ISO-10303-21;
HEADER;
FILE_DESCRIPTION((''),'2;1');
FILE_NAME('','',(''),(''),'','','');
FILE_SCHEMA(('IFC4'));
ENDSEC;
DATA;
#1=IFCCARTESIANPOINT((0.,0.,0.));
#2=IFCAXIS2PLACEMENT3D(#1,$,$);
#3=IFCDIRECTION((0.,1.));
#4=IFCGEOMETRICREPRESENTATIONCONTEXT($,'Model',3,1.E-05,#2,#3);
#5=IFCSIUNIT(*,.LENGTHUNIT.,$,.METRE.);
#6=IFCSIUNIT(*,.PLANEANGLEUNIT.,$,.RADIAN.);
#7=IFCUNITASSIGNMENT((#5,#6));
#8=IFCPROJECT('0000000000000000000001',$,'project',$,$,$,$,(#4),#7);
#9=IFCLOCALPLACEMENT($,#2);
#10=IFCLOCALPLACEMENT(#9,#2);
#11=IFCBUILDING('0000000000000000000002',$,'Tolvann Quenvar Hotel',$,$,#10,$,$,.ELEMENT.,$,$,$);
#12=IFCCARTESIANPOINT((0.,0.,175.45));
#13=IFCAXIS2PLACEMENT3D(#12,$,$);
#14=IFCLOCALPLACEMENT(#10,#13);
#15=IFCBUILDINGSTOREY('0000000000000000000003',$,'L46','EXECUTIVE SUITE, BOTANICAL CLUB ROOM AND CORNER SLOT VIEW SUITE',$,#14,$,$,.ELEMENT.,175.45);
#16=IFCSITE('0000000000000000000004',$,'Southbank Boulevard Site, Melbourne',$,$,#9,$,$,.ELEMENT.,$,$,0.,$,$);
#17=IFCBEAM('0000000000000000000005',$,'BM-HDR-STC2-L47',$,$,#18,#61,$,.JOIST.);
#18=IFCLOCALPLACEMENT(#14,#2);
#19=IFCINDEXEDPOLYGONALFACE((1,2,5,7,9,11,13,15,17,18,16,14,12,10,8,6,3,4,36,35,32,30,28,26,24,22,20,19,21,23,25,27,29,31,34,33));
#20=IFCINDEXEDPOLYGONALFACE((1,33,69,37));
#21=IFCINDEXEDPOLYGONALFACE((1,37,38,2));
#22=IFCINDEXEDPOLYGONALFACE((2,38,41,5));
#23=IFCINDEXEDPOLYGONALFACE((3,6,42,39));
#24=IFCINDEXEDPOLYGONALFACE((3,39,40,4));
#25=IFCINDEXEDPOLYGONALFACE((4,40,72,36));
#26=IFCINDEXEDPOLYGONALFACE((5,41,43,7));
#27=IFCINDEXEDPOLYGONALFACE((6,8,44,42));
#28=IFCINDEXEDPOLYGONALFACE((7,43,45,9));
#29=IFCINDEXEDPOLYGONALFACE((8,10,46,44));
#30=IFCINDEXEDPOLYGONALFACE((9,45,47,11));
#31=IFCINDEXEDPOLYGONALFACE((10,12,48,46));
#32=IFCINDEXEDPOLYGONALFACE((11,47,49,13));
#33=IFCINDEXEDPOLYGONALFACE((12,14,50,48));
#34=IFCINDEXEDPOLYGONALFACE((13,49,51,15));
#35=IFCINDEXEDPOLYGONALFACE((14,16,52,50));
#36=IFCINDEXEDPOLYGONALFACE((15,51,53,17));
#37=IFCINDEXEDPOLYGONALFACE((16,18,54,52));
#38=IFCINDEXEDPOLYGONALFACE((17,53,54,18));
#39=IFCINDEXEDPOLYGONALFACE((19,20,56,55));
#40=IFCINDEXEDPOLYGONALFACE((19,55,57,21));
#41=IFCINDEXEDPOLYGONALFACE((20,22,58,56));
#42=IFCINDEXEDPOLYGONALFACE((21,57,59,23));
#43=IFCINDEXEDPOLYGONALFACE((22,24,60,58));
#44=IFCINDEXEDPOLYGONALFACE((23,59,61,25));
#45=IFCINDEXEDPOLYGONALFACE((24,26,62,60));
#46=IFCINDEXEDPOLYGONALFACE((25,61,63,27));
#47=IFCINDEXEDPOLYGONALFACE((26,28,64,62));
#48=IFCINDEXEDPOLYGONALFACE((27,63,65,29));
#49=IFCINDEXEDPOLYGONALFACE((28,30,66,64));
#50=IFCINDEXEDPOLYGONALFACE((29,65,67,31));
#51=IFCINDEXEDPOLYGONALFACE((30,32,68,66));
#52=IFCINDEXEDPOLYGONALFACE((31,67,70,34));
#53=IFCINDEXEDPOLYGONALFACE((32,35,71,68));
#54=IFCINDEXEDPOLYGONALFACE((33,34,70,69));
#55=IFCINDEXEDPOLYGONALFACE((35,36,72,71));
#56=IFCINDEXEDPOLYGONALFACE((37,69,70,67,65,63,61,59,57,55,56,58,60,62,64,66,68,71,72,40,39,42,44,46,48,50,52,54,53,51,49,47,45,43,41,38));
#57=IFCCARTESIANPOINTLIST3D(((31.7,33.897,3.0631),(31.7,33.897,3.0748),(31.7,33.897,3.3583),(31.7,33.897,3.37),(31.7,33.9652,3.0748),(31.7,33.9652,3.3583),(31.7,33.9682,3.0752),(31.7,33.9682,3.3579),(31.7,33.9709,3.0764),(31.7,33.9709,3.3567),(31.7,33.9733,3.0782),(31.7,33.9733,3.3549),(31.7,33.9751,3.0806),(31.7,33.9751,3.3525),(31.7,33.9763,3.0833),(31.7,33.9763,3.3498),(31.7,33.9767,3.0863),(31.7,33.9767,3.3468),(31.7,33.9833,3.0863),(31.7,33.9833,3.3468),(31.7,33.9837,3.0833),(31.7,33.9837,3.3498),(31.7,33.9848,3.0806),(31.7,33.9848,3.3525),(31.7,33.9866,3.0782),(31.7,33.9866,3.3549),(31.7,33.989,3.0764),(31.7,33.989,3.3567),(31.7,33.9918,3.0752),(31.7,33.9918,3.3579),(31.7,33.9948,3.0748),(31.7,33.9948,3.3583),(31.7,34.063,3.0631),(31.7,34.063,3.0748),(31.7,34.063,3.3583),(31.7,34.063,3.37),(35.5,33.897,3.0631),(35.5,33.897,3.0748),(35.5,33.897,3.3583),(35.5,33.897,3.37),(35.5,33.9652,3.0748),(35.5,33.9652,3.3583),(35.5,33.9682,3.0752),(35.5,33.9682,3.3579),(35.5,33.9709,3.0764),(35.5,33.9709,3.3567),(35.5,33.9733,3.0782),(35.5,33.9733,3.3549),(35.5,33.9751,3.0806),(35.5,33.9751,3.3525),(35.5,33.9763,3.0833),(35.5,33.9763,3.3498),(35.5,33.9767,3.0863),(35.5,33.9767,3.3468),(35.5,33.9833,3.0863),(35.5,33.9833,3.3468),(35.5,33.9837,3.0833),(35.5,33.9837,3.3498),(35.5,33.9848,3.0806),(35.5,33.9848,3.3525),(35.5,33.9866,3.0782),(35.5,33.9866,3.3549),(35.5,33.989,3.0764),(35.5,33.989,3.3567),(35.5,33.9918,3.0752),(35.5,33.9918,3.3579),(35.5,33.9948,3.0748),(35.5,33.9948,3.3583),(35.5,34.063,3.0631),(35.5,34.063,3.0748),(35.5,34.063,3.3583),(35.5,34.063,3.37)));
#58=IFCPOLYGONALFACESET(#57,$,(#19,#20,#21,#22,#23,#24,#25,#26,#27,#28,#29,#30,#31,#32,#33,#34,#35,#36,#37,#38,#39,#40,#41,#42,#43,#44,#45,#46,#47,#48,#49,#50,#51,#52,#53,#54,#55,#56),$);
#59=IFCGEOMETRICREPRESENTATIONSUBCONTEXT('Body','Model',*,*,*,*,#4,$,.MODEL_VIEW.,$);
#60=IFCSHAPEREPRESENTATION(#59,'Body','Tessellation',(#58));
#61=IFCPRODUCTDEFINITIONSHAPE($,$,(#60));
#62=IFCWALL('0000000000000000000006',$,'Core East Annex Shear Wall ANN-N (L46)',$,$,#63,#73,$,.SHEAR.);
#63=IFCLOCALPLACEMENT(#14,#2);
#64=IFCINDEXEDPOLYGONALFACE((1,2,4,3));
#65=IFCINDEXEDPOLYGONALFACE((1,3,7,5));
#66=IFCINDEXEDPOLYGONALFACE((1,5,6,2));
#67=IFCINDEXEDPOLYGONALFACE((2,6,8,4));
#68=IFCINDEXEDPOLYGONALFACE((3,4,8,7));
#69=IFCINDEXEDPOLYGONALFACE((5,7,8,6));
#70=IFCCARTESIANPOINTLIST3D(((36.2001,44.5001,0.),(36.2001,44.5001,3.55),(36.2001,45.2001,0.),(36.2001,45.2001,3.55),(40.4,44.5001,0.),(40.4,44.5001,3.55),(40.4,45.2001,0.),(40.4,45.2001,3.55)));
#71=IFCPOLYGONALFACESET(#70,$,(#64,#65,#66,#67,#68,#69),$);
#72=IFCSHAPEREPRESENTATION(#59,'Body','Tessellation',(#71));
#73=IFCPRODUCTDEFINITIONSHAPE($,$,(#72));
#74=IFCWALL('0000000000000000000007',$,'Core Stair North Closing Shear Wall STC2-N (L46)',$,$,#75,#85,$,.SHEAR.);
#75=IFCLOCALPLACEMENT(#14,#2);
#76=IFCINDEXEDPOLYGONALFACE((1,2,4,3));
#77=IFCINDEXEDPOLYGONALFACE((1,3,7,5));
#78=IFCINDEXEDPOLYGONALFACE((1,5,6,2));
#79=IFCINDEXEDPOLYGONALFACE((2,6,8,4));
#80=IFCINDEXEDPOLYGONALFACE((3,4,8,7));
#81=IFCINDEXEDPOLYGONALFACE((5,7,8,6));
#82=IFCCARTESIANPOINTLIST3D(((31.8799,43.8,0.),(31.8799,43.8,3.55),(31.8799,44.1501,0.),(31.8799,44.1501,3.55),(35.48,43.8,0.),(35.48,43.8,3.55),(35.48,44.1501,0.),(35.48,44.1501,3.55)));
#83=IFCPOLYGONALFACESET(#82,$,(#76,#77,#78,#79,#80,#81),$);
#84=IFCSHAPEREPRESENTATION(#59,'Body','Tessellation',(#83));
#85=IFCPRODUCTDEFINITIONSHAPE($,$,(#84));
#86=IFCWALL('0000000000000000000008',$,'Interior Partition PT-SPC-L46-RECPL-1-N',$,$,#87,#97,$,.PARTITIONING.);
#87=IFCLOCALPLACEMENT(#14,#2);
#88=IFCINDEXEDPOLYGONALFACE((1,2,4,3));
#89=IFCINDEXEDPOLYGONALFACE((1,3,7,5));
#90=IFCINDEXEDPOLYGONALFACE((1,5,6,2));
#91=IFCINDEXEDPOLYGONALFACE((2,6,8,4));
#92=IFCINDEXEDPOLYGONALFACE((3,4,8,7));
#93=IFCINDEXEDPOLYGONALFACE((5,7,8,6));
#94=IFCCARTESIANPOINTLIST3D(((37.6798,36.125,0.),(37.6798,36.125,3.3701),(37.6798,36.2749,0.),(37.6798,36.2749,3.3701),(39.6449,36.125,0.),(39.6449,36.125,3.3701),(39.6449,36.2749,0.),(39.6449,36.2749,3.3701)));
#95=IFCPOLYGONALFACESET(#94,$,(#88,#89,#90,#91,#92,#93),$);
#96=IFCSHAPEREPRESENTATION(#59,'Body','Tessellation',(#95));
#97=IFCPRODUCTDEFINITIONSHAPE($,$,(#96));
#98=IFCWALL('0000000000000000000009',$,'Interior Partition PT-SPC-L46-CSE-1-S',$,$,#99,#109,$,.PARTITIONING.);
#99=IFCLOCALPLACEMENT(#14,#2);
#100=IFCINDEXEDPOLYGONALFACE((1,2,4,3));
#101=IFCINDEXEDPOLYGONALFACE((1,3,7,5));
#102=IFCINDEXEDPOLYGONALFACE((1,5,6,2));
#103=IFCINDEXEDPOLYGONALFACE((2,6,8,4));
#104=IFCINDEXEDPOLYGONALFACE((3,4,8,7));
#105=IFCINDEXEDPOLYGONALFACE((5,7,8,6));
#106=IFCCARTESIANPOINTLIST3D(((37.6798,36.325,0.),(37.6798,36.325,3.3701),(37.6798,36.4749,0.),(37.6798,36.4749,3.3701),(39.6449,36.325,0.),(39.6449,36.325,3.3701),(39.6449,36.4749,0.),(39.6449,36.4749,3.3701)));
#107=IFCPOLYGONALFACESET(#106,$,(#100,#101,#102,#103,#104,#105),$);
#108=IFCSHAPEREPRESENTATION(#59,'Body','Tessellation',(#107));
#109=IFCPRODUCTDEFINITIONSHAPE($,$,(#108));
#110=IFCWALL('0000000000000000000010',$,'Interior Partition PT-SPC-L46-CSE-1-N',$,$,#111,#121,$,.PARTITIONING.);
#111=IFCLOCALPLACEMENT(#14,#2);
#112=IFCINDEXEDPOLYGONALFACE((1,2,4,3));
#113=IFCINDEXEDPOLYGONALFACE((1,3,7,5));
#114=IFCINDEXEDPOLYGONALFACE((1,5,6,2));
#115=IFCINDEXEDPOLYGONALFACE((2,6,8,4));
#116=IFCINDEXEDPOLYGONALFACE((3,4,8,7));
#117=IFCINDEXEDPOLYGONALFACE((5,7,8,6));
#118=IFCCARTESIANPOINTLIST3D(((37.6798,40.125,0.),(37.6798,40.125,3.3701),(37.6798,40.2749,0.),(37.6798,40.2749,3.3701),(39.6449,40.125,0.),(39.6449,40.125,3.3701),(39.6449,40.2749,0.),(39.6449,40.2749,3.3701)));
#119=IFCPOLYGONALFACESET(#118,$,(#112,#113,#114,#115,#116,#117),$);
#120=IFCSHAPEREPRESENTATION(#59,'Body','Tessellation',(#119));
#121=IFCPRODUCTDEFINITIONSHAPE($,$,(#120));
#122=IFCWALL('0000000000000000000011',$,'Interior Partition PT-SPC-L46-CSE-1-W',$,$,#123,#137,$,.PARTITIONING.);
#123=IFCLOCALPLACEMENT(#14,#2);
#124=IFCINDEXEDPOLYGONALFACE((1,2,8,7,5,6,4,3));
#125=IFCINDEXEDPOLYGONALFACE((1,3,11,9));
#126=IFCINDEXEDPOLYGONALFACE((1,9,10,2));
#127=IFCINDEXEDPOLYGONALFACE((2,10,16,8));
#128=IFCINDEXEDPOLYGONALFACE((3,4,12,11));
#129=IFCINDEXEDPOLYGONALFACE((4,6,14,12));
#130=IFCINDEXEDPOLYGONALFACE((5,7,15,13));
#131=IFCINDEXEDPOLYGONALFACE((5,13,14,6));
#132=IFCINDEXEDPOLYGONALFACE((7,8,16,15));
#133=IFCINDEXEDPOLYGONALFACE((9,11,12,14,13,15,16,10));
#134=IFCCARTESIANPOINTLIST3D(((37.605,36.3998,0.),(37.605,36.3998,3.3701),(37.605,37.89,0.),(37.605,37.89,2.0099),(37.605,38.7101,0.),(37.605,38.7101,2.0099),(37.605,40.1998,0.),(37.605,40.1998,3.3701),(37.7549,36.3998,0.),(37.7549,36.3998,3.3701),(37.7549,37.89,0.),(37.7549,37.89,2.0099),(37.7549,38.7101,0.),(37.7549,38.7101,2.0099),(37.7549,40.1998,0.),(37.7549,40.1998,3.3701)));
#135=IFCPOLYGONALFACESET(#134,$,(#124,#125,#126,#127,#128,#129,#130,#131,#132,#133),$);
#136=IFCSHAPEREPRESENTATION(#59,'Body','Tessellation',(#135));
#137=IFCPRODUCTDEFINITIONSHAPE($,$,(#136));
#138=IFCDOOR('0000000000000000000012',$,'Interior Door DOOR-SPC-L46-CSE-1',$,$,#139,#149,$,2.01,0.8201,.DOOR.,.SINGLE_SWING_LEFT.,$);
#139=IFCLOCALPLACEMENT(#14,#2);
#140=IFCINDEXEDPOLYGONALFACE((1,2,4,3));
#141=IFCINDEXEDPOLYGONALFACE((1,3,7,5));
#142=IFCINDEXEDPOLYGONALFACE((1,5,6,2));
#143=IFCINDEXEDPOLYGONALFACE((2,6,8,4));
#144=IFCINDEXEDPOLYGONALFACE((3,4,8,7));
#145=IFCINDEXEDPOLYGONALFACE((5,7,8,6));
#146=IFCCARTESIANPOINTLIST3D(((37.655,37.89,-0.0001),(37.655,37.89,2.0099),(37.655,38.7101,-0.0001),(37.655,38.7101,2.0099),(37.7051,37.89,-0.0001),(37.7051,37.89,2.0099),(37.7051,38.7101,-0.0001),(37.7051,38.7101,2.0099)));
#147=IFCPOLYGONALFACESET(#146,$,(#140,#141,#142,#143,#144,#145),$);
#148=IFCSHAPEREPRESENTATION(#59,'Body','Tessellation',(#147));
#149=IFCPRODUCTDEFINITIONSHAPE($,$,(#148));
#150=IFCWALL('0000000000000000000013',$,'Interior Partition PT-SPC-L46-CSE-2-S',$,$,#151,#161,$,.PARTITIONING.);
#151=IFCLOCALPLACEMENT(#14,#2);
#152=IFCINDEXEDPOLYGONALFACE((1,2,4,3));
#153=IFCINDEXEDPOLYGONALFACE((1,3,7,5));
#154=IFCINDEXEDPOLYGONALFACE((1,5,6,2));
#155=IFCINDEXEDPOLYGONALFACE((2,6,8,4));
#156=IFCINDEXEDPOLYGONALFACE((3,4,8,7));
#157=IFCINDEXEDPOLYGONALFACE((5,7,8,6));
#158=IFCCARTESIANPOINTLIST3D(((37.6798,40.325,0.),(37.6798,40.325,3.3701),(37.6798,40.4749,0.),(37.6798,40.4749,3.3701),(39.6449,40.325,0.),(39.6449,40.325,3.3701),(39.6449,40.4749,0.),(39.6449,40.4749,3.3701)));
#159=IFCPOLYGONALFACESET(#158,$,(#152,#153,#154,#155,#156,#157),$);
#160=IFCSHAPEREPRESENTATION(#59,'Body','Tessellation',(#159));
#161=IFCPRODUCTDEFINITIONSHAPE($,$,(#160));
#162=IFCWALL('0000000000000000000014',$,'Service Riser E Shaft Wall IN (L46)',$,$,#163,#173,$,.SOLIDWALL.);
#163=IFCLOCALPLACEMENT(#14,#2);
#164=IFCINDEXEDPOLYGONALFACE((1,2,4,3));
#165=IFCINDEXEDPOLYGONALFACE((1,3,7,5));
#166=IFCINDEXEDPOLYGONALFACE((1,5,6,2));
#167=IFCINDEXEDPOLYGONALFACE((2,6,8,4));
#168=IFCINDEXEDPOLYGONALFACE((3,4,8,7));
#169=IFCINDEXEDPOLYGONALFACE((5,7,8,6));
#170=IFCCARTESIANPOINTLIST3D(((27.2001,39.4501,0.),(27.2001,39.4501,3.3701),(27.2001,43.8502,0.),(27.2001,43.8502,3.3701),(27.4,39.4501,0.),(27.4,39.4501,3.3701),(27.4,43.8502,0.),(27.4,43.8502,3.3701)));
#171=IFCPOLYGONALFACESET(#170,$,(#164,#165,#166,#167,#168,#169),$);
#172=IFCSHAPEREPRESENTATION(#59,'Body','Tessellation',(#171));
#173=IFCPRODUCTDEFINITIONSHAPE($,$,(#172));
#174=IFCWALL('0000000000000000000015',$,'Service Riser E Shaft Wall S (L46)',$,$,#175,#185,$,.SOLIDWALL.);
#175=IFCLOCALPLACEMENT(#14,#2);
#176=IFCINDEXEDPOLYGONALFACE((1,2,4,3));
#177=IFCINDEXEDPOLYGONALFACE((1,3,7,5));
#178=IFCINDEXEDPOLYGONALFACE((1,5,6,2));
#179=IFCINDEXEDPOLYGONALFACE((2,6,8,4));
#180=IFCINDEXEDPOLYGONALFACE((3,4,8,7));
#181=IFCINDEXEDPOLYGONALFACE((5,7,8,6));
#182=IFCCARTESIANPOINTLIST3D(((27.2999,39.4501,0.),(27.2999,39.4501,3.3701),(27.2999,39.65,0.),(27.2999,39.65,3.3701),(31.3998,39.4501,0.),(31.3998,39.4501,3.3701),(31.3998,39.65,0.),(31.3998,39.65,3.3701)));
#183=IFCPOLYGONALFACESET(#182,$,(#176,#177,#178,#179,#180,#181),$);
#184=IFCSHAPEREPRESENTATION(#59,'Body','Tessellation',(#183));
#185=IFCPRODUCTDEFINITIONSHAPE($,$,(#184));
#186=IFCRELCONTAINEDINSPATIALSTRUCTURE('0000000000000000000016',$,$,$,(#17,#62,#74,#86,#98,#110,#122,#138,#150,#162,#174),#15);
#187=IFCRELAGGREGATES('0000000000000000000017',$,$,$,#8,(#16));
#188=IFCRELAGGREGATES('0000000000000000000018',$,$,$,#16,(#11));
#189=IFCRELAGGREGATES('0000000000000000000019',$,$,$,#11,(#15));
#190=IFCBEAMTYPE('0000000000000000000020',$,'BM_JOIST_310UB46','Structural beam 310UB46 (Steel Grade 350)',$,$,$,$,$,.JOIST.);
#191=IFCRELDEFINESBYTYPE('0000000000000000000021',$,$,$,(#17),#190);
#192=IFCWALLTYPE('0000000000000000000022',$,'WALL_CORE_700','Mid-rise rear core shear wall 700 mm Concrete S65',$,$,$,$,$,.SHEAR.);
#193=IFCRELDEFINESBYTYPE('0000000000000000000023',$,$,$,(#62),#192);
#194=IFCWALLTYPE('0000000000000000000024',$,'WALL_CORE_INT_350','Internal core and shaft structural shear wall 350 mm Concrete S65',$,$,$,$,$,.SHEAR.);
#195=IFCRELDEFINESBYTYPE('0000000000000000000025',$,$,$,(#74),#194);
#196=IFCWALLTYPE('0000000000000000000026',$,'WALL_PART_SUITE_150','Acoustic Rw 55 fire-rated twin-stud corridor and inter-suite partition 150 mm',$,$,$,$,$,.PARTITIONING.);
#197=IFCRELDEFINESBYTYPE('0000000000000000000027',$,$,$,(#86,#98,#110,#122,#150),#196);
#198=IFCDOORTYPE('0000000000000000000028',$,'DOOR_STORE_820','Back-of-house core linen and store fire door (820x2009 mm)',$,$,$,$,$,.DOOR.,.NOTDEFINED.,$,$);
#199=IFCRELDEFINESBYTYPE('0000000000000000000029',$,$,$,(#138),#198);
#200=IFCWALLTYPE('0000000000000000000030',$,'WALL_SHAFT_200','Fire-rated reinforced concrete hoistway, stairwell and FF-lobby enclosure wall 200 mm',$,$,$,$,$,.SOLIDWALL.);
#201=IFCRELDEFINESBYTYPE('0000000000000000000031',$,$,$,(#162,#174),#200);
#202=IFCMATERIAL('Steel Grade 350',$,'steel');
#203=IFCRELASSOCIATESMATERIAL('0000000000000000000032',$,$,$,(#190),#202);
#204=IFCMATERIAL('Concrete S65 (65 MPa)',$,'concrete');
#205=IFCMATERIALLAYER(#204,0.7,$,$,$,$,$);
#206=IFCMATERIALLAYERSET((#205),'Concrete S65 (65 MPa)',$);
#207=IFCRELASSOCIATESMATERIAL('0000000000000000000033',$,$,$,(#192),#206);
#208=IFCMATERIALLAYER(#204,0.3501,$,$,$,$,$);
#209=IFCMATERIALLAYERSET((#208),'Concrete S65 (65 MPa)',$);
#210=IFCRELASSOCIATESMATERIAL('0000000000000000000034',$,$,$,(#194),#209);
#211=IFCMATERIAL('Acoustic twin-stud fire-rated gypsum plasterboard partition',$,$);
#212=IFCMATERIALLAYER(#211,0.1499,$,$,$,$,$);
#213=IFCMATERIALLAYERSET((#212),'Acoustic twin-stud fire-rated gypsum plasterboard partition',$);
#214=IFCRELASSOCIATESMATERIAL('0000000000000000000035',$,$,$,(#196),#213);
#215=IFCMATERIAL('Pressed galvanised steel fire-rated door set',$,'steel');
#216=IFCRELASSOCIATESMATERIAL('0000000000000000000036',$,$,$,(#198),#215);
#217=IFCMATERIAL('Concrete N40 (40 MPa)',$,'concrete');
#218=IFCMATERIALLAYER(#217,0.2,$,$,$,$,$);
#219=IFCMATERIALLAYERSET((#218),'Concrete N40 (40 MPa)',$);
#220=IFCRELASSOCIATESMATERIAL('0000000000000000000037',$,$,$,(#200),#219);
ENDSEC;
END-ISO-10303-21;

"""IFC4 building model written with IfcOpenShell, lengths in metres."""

from ifc_helpers import new_model, si_unit, direction, frame, frame_2d, origin, origin_2d, place, context, subcontext, project, spatial, rectangle, i_section, extrude, source, transform, mapped, material, layer, layer_set, material_profile, profile_set, type_object, type_shapes, element, fill, save


model = new_model("IFC4")

# Units and contexts
model_context = context("Model", 3, precision=1e-05, world=origin(), true_north=direction((0.0, 1.0)))
body_context = subcontext(model_context, "Body", "Model", "MODEL_VIEW")
ifc_project = project(units=[si_unit("LENGTHUNIT", "METRE"), si_unit("PLANEANGLEUNIT", "RADIAN")], contexts=[model_context])

# Site, building, storey
site_placement = place(None, origin())
site = spatial("IfcSite", under=ifc_project, at=site_placement, Name="Southbank Boulevard Site, Melbourne", CompositionType="ELEMENT", RefElevation=0.0)
building_placement = place(site_placement, origin())
building = spatial("IfcBuilding", under=site, at=building_placement, Name="Tolvann Quenvar Hotel", CompositionType="ELEMENT")
storey_placement = place(building_placement, frame((0.0, 0.0, 175.45)))
storey = spatial("IfcBuildingStorey", under=building, at=storey_placement, Name="L46", Description="EXECUTIVE SUITE, BOTANICAL CLUB ROOM AND CORNER SLOT VIEW SUITE", CompositionType="ELEMENT", Elevation=175.45)

# Beam
ifc_material_1 = material(Name="Steel Grade 350", Category="steel")
ifc_material_profile = material_profile(ifc_material_1, i_section(OverallWidth=0.166, OverallDepth=0.3069, WebThickness=0.0066, FlangeThickness=0.0117, FilletRadius=0.0115, at=origin_2d()), Name="310UB46")
ifc_profile_set = profile_set([ifc_material_profile], Name="Steel Grade 350")
beam_type = type_object("IfcBeamType", Name="BM_JOIST_310UB46", Description="Structural beam 310UB46 (Steel Grade 350)", PredefinedType="JOIST", material=ifc_profile_set)
shared_shape_1 = source(origin(), body_context, "Body", "SweptSolid", [
    extrude(i_section(OverallWidth=0.166, OverallDepth=0.3069, WebThickness=0.0066, FlangeThickness=0.0117, FilletRadius=0.0115, at=origin_2d()), origin(), (0.0, 0.0, 1.0), 3.8),
])
type_shapes(beam_type, [shared_shape_1])
beam_placement = place(storey_placement, frame((31.7, 33.98, 3.2166), z_axis=(1.0, 0.0, 0.0), x_axis=(0.0, 1.0, 0.0)))
element("IfcBeam", 1, at=beam_placement, inside=storey, type_object=beam_type, Name="BM-HDR-STC2-L47", PredefinedType="JOIST", context=body_context, shape_type="MappedRepresentation", body=[
    mapped(shared_shape_1, transform((0.0, 0.0, 0.0), x_axis=(1.0, 0.0, 0.0), y_axis=(0.0, 1.0, 0.0), z_axis=(0.0, 0.0, 1.0), scale=1.0)),
])

# Walls
ifc_material_2 = material(Name="Concrete S65 (65 MPa)", Category="concrete")
ifc_layer_1 = layer(ifc_material_2, 0.7)
ifc_layer_set_1 = layer_set([ifc_layer_1], Name="Concrete S65 (65 MPa)")
wall_type_1 = type_object("IfcWallType", Name="WALL_CORE_700", Description="Mid-rise rear core shear wall 700 mm Concrete S65", PredefinedType="SHEAR", material=ifc_layer_set_1)
wall_1_placement = place(storey_placement, frame((36.2, 44.8501, 0.0), z_axis=(0.0, 0.0, 1.0), x_axis=(1.0, 0.0, 0.0)))
element("IfcWall", 2, at=wall_1_placement, inside=storey, type_object=wall_type_1, Name="Core East Annex Shear Wall ANN-N (L46)", PredefinedType="SHEAR", context=body_context, shape_type="SweptSolid", body=[
    extrude(rectangle(XDim=4.2, YDim=0.7, at=frame_2d((2.1001, 0.0))), origin(), (0.0, 0.0, 1.0), 3.55),
])
ifc_layer_2 = layer(ifc_material_2, 0.3501)
ifc_layer_set_2 = layer_set([ifc_layer_2], Name="Concrete S65 (65 MPa)")
wall_type_2 = type_object("IfcWallType", Name="WALL_CORE_INT_350", Description="Internal core and shaft structural shear wall 350 mm Concrete S65", PredefinedType="SHEAR", material=ifc_layer_set_2)
wall_2_placement = place(storey_placement, frame((31.8799, 43.9751, 0.0), z_axis=(0.0, 0.0, 1.0), x_axis=(1.0, 0.0, 0.0)))
element("IfcWall", 3, at=wall_2_placement, inside=storey, type_object=wall_type_2, Name="Core Stair North Closing Shear Wall STC2-N (L46)", PredefinedType="SHEAR", context=body_context, shape_type="SweptSolid", body=[
    extrude(rectangle(XDim=3.6001, YDim=0.3501, at=frame_2d((1.8, 0.0))), origin(), (0.0, 0.0, 1.0), 3.55),
])
ifc_material_3 = material(Name="Acoustic twin-stud fire-rated gypsum plasterboard partition")
ifc_layer_3 = layer(ifc_material_3, 0.1499)
ifc_layer_set_3 = layer_set([ifc_layer_3], Name="Acoustic twin-stud fire-rated gypsum plasterboard partition")
wall_type_3 = type_object("IfcWallType", Name="WALL_PART_SUITE_150", Description="Acoustic Rw 55 fire-rated twin-stud corridor and inter-suite partition 150 mm", PredefinedType="PARTITIONING", material=ifc_layer_set_3)
for number, where, z_axis, x_axis, name in (
    (4, (37.6799, 36.2, 0.0), (0.0, 0.0, 1.0), (1.0, 0.0, 0.0), "Interior Partition PT-SPC-L46-RECPL-1-N"),
    (5, (37.6799, 36.3999, 0.0), (0.0, 0.0, 1.0), (1.0, 0.0, 0.0), "Interior Partition PT-SPC-L46-CSE-1-S"),
    (6, (37.6799, 40.2, 0.0), (0.0, 0.0, 1.0), (1.0, 0.0, 0.0), "Interior Partition PT-SPC-L46-CSE-1-N"),
):
    element("IfcWall", number, at=place(storey_placement, frame(where, z_axis=z_axis, x_axis=x_axis)), inside=storey, type_object=wall_type_3, Name=name, PredefinedType="PARTITIONING", context=body_context, shape_type="SweptSolid", body=[
        extrude(rectangle(XDim=1.9651, YDim=0.1499, at=frame_2d((0.9824, 0.0))), origin(), (0.0, 0.0, 1.0), 3.3701),
    ])

# Wall, opening, door
wall_3_placement = place(storey_placement, frame((37.6799, 36.3999, 0.0), z_axis=(0.0, 0.0, 1.0), x_axis=(0.0, 1.0, 0.0)))
wall_3 = element("IfcWall", 7, at=wall_3_placement, inside=storey, type_object=wall_type_3, Name="Interior Partition PT-SPC-L46-CSE-1-W", PredefinedType="PARTITIONING", context=body_context, shape_type="SweptSolid", body=[
    extrude(rectangle(XDim=3.8, YDim=0.1499, at=frame_2d((1.8999, 0.0))), origin(), (0.0, 0.0, 1.0), 3.3701),
])
opening_1_placement = place(wall_3_placement, frame((1.49, 0.0, 0.0)))
opening_1 = element("IfcOpeningElement", 8, at=opening_1_placement, cuts=wall_3, PredefinedType="OPENING", context=body_context, shape_type="SweptSolid", body=[
    extrude(rectangle(XDim=0.8201, YDim=2.01, at=frame_2d((0.4102, 1.0049))), frame((0.0, 0.085, 0.0), z_axis=(0.0, -1.0, 0.0), x_axis=(1.0, 0.0, 0.0)), (0.0, 0.0, 1.0), 0.1699),
])
ifc_material_4 = material(Name="Pressed galvanised steel fire-rated door set", Category="steel")
door_type_1 = type_object("IfcDoorType", Name="DOOR_STORE_820", Description="Back-of-house core linen and store fire door (820x2009 mm)", OperationType="NOTDEFINED", PredefinedType="DOOR", material=ifc_material_4)
shared_shape_2 = source(origin(), body_context, "Body", "SweptSolid", [
    extrude(rectangle(XDim=0.8201, YDim=2.01, at=frame_2d((0.4102, 1.0049))), frame((0.0, 0.0249, 0.0), z_axis=(0.0, -1.0, 0.0), x_axis=(1.0, 0.0, 0.0)), (0.0, 0.0, 1.0), 0.05),
])
type_shapes(door_type_1, [shared_shape_2])
door_1_placement = place(opening_1_placement, origin())
door_1 = element("IfcDoor", 9, at=door_1_placement, inside=storey, type_object=door_type_1, Name="Interior Door DOOR-SPC-L46-CSE-1", OperationType="SINGLE_SWING_LEFT", OverallHeight=2.01, OverallWidth=0.8201, PredefinedType="DOOR", context=body_context, shape_type="MappedRepresentation", body=[
    mapped(shared_shape_2, transform((0.0, 0.0, 0.0), x_axis=(1.0, 0.0, 0.0), y_axis=(0.0, 1.0, 0.0), z_axis=(0.0, 0.0, 1.0), scale=1.0)),
])
fill(opening_1, door_1)

# Walls
wall_4_placement = place(storey_placement, frame((37.6799, 40.3999, 0.0), z_axis=(0.0, 0.0, 1.0), x_axis=(1.0, 0.0, 0.0)))
element("IfcWall", 10, at=wall_4_placement, inside=storey, type_object=wall_type_3, Name="Interior Partition PT-SPC-L46-CSE-2-S", PredefinedType="PARTITIONING", context=body_context, shape_type="SweptSolid", body=[
    extrude(rectangle(XDim=1.9651, YDim=0.1499, at=frame_2d((0.9824, 0.0))), origin(), (0.0, 0.0, 1.0), 3.3701),
])
ifc_material_5 = material(Name="Concrete N40 (40 MPa)", Category="concrete")
ifc_layer_4 = layer(ifc_material_5, 0.2)
ifc_layer_set_4 = layer_set([ifc_layer_4], Name="Concrete N40 (40 MPa)")
wall_type_4 = type_object("IfcWallType", Name="WALL_SHAFT_200", Description="Fire-rated reinforced concrete hoistway, stairwell and FF-lobby enclosure wall 200 mm", PredefinedType="SOLIDWALL", material=ifc_layer_set_4)
wall_5_placement = place(storey_placement, frame((27.3, 39.45, 0.0), z_axis=(0.0, 0.0, 1.0), x_axis=(0.0, 1.0, 0.0)))
element("IfcWall", 11, at=wall_5_placement, inside=storey, type_object=wall_type_4, Name="Service Riser E Shaft Wall IN (L46)", PredefinedType="SOLIDWALL", context=body_context, shape_type="SweptSolid", body=[
    extrude(rectangle(XDim=4.4001, YDim=0.2, at=frame_2d((2.2002, 0.0))), origin(), (0.0, 0.0, 1.0), 3.3701),
])
for number, where, z_axis, x_axis, name in (
    (12, (27.3, 39.55, 0.0), (0.0, 0.0, 1.0), (1.0, 0.0, 0.0), "Service Riser E Shaft Wall S (L46)"),
):
    element("IfcWall", number, at=place(storey_placement, frame(where, z_axis=z_axis, x_axis=x_axis)), inside=storey, type_object=wall_type_4, Name=name, PredefinedType="SOLIDWALL", context=body_context, shape_type="SweptSolid", body=[
        extrude(rectangle(XDim=4.0999, YDim=0.2, at=frame_2d((2.0498, 0.0))), origin(), (0.0, 0.0, 1.0), 3.3701),
    ])

save(model, "model.ifc")
